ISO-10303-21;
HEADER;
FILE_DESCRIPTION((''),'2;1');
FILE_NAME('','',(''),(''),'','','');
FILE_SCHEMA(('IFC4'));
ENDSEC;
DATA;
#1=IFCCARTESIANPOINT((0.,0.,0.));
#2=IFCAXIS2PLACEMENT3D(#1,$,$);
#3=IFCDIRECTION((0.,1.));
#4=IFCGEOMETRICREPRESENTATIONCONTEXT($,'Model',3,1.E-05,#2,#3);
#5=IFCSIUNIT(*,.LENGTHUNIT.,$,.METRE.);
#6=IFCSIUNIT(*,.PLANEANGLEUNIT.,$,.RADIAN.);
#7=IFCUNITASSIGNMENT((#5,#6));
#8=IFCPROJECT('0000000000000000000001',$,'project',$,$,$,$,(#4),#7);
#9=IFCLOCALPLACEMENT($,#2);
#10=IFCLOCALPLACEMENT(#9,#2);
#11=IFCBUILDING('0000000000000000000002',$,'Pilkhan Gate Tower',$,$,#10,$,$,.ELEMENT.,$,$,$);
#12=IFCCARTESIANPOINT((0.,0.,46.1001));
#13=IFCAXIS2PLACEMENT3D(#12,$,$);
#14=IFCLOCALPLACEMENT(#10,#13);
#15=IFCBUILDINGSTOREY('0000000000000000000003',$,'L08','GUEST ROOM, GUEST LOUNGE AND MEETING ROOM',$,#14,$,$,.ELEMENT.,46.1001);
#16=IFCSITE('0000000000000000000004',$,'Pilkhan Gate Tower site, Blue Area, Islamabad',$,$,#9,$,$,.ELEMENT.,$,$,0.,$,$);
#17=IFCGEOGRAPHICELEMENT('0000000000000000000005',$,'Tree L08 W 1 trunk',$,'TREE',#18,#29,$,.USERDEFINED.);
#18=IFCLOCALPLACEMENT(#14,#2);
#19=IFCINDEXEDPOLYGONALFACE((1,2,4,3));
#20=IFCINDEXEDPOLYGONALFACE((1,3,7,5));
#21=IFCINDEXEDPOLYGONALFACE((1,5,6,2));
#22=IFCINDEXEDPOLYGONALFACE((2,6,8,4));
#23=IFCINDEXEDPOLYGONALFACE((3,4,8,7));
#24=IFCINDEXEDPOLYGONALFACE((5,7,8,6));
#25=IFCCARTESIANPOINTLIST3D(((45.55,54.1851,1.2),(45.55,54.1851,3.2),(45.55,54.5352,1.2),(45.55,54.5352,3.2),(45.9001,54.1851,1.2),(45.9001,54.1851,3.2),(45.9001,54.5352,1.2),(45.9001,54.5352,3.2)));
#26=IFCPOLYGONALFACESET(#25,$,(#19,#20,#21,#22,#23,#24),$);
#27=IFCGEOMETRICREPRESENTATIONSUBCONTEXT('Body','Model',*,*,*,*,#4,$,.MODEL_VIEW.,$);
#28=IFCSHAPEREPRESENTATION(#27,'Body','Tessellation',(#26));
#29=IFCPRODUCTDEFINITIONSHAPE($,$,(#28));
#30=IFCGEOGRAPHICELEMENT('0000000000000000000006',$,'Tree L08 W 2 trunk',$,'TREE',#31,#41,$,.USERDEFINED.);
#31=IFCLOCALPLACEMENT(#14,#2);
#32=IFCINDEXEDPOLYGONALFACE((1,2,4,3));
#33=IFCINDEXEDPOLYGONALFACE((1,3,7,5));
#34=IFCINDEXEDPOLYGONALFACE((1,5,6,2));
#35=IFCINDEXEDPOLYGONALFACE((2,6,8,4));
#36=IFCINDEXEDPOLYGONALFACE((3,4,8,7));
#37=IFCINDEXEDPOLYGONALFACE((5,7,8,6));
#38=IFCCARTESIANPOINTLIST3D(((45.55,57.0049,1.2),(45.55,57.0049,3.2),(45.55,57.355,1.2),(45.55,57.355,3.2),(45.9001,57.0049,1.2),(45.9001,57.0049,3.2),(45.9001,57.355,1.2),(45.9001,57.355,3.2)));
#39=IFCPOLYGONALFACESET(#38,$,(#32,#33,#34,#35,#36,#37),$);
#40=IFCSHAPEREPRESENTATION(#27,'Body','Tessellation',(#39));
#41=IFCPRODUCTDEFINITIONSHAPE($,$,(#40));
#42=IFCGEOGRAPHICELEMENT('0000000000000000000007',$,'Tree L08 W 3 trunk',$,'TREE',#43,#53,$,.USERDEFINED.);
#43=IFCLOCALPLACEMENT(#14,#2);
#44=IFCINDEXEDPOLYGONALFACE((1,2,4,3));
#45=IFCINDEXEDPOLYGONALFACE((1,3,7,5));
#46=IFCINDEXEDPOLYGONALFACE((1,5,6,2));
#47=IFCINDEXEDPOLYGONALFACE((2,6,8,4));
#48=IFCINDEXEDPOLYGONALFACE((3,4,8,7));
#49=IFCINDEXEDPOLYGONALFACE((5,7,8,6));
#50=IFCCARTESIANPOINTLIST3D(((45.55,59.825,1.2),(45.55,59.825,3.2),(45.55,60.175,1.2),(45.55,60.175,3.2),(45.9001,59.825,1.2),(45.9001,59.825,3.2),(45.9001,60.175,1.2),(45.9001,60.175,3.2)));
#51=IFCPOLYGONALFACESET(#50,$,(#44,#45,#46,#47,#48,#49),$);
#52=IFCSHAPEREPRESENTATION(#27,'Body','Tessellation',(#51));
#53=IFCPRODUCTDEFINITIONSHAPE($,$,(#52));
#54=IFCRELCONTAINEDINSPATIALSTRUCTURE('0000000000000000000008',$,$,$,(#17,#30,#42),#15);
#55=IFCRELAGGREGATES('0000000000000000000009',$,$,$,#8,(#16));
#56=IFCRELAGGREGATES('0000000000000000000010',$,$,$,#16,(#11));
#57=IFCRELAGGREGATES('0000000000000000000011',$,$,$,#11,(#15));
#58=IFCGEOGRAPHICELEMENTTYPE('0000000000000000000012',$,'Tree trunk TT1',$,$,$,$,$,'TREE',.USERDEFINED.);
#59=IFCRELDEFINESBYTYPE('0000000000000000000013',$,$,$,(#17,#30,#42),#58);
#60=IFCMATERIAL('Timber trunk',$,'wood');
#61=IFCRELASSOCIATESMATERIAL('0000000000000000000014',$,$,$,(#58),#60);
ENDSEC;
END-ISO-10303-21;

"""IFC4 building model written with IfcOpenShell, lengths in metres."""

from ifc_helpers import new_model, si_unit, direction, frame, origin, origin_2d, place, context, subcontext, project, spatial, rectangle, extrude, material, type_object, element, save


model = new_model("IFC4")

# Units and contexts
model_context = context("Model", 3, precision=1e-05, world=origin(), true_north=direction((0.0, 1.0)))
body_context = subcontext(model_context, "Body", "Model", "MODEL_VIEW")
ifc_project = project(units=[si_unit("LENGTHUNIT", "METRE"), si_unit("PLANEANGLEUNIT", "RADIAN")], contexts=[model_context])

# Site, building, storey
site_placement = place(None, origin())
site = spatial("IfcSite", under=ifc_project, at=site_placement, Name="Pilkhan Gate Tower site, Blue Area, Islamabad", CompositionType="ELEMENT", RefElevation=0.0)
building_placement = place(site_placement, origin())
building = spatial("IfcBuilding", under=site, at=building_placement, Name="Pilkhan Gate Tower", CompositionType="ELEMENT")
storey_placement = place(building_placement, frame((0.0, 0.0, 46.1001)))
storey = spatial("IfcBuildingStorey", under=building, at=storey_placement, Name="L08", Description="GUEST ROOM, GUEST LOUNGE AND MEETING ROOM", CompositionType="ELEMENT", Elevation=46.1001)

# Geographic elements
ifc_material_1 = material(Name="Timber trunk", Category="wood")
geographic_element_type_1 = type_object("IfcGeographicElementType", Name="Tree trunk TT1", ElementType="TREE", PredefinedType="USERDEFINED", material=ifc_material_1)
for number, where, z_axis, x_axis, name in (
    (1, (45.7251, 54.3601, 1.2), (0.0, 0.0, 1.0), (1.0, 0.0, 0.0), "Tree L08 W 1 trunk"),
    (2, (45.7251, 57.1799, 1.2), (0.0, 0.0, 1.0), (1.0, 0.0, 0.0), "Tree L08 W 2 trunk"),
    (3, (45.7251, 60.0, 1.2), (0.0, 0.0, 1.0), (1.0, 0.0, 0.0), "Tree L08 W 3 trunk"),
):
    element("IfcGeographicElement", number, at=place(storey_placement, frame(where, z_axis=z_axis, x_axis=x_axis)), inside=storey, type_object=geographic_element_type_1, Name=name, ObjectType="TREE", PredefinedType="USERDEFINED", context=body_context, shape_type="SweptSolid", body=[
        extrude(rectangle(XDim=0.3501, YDim=0.3501, at=origin_2d()), origin(), (0.0, 0.0, 1.0), 2.0),
    ])

save(model, "model.ifc")
